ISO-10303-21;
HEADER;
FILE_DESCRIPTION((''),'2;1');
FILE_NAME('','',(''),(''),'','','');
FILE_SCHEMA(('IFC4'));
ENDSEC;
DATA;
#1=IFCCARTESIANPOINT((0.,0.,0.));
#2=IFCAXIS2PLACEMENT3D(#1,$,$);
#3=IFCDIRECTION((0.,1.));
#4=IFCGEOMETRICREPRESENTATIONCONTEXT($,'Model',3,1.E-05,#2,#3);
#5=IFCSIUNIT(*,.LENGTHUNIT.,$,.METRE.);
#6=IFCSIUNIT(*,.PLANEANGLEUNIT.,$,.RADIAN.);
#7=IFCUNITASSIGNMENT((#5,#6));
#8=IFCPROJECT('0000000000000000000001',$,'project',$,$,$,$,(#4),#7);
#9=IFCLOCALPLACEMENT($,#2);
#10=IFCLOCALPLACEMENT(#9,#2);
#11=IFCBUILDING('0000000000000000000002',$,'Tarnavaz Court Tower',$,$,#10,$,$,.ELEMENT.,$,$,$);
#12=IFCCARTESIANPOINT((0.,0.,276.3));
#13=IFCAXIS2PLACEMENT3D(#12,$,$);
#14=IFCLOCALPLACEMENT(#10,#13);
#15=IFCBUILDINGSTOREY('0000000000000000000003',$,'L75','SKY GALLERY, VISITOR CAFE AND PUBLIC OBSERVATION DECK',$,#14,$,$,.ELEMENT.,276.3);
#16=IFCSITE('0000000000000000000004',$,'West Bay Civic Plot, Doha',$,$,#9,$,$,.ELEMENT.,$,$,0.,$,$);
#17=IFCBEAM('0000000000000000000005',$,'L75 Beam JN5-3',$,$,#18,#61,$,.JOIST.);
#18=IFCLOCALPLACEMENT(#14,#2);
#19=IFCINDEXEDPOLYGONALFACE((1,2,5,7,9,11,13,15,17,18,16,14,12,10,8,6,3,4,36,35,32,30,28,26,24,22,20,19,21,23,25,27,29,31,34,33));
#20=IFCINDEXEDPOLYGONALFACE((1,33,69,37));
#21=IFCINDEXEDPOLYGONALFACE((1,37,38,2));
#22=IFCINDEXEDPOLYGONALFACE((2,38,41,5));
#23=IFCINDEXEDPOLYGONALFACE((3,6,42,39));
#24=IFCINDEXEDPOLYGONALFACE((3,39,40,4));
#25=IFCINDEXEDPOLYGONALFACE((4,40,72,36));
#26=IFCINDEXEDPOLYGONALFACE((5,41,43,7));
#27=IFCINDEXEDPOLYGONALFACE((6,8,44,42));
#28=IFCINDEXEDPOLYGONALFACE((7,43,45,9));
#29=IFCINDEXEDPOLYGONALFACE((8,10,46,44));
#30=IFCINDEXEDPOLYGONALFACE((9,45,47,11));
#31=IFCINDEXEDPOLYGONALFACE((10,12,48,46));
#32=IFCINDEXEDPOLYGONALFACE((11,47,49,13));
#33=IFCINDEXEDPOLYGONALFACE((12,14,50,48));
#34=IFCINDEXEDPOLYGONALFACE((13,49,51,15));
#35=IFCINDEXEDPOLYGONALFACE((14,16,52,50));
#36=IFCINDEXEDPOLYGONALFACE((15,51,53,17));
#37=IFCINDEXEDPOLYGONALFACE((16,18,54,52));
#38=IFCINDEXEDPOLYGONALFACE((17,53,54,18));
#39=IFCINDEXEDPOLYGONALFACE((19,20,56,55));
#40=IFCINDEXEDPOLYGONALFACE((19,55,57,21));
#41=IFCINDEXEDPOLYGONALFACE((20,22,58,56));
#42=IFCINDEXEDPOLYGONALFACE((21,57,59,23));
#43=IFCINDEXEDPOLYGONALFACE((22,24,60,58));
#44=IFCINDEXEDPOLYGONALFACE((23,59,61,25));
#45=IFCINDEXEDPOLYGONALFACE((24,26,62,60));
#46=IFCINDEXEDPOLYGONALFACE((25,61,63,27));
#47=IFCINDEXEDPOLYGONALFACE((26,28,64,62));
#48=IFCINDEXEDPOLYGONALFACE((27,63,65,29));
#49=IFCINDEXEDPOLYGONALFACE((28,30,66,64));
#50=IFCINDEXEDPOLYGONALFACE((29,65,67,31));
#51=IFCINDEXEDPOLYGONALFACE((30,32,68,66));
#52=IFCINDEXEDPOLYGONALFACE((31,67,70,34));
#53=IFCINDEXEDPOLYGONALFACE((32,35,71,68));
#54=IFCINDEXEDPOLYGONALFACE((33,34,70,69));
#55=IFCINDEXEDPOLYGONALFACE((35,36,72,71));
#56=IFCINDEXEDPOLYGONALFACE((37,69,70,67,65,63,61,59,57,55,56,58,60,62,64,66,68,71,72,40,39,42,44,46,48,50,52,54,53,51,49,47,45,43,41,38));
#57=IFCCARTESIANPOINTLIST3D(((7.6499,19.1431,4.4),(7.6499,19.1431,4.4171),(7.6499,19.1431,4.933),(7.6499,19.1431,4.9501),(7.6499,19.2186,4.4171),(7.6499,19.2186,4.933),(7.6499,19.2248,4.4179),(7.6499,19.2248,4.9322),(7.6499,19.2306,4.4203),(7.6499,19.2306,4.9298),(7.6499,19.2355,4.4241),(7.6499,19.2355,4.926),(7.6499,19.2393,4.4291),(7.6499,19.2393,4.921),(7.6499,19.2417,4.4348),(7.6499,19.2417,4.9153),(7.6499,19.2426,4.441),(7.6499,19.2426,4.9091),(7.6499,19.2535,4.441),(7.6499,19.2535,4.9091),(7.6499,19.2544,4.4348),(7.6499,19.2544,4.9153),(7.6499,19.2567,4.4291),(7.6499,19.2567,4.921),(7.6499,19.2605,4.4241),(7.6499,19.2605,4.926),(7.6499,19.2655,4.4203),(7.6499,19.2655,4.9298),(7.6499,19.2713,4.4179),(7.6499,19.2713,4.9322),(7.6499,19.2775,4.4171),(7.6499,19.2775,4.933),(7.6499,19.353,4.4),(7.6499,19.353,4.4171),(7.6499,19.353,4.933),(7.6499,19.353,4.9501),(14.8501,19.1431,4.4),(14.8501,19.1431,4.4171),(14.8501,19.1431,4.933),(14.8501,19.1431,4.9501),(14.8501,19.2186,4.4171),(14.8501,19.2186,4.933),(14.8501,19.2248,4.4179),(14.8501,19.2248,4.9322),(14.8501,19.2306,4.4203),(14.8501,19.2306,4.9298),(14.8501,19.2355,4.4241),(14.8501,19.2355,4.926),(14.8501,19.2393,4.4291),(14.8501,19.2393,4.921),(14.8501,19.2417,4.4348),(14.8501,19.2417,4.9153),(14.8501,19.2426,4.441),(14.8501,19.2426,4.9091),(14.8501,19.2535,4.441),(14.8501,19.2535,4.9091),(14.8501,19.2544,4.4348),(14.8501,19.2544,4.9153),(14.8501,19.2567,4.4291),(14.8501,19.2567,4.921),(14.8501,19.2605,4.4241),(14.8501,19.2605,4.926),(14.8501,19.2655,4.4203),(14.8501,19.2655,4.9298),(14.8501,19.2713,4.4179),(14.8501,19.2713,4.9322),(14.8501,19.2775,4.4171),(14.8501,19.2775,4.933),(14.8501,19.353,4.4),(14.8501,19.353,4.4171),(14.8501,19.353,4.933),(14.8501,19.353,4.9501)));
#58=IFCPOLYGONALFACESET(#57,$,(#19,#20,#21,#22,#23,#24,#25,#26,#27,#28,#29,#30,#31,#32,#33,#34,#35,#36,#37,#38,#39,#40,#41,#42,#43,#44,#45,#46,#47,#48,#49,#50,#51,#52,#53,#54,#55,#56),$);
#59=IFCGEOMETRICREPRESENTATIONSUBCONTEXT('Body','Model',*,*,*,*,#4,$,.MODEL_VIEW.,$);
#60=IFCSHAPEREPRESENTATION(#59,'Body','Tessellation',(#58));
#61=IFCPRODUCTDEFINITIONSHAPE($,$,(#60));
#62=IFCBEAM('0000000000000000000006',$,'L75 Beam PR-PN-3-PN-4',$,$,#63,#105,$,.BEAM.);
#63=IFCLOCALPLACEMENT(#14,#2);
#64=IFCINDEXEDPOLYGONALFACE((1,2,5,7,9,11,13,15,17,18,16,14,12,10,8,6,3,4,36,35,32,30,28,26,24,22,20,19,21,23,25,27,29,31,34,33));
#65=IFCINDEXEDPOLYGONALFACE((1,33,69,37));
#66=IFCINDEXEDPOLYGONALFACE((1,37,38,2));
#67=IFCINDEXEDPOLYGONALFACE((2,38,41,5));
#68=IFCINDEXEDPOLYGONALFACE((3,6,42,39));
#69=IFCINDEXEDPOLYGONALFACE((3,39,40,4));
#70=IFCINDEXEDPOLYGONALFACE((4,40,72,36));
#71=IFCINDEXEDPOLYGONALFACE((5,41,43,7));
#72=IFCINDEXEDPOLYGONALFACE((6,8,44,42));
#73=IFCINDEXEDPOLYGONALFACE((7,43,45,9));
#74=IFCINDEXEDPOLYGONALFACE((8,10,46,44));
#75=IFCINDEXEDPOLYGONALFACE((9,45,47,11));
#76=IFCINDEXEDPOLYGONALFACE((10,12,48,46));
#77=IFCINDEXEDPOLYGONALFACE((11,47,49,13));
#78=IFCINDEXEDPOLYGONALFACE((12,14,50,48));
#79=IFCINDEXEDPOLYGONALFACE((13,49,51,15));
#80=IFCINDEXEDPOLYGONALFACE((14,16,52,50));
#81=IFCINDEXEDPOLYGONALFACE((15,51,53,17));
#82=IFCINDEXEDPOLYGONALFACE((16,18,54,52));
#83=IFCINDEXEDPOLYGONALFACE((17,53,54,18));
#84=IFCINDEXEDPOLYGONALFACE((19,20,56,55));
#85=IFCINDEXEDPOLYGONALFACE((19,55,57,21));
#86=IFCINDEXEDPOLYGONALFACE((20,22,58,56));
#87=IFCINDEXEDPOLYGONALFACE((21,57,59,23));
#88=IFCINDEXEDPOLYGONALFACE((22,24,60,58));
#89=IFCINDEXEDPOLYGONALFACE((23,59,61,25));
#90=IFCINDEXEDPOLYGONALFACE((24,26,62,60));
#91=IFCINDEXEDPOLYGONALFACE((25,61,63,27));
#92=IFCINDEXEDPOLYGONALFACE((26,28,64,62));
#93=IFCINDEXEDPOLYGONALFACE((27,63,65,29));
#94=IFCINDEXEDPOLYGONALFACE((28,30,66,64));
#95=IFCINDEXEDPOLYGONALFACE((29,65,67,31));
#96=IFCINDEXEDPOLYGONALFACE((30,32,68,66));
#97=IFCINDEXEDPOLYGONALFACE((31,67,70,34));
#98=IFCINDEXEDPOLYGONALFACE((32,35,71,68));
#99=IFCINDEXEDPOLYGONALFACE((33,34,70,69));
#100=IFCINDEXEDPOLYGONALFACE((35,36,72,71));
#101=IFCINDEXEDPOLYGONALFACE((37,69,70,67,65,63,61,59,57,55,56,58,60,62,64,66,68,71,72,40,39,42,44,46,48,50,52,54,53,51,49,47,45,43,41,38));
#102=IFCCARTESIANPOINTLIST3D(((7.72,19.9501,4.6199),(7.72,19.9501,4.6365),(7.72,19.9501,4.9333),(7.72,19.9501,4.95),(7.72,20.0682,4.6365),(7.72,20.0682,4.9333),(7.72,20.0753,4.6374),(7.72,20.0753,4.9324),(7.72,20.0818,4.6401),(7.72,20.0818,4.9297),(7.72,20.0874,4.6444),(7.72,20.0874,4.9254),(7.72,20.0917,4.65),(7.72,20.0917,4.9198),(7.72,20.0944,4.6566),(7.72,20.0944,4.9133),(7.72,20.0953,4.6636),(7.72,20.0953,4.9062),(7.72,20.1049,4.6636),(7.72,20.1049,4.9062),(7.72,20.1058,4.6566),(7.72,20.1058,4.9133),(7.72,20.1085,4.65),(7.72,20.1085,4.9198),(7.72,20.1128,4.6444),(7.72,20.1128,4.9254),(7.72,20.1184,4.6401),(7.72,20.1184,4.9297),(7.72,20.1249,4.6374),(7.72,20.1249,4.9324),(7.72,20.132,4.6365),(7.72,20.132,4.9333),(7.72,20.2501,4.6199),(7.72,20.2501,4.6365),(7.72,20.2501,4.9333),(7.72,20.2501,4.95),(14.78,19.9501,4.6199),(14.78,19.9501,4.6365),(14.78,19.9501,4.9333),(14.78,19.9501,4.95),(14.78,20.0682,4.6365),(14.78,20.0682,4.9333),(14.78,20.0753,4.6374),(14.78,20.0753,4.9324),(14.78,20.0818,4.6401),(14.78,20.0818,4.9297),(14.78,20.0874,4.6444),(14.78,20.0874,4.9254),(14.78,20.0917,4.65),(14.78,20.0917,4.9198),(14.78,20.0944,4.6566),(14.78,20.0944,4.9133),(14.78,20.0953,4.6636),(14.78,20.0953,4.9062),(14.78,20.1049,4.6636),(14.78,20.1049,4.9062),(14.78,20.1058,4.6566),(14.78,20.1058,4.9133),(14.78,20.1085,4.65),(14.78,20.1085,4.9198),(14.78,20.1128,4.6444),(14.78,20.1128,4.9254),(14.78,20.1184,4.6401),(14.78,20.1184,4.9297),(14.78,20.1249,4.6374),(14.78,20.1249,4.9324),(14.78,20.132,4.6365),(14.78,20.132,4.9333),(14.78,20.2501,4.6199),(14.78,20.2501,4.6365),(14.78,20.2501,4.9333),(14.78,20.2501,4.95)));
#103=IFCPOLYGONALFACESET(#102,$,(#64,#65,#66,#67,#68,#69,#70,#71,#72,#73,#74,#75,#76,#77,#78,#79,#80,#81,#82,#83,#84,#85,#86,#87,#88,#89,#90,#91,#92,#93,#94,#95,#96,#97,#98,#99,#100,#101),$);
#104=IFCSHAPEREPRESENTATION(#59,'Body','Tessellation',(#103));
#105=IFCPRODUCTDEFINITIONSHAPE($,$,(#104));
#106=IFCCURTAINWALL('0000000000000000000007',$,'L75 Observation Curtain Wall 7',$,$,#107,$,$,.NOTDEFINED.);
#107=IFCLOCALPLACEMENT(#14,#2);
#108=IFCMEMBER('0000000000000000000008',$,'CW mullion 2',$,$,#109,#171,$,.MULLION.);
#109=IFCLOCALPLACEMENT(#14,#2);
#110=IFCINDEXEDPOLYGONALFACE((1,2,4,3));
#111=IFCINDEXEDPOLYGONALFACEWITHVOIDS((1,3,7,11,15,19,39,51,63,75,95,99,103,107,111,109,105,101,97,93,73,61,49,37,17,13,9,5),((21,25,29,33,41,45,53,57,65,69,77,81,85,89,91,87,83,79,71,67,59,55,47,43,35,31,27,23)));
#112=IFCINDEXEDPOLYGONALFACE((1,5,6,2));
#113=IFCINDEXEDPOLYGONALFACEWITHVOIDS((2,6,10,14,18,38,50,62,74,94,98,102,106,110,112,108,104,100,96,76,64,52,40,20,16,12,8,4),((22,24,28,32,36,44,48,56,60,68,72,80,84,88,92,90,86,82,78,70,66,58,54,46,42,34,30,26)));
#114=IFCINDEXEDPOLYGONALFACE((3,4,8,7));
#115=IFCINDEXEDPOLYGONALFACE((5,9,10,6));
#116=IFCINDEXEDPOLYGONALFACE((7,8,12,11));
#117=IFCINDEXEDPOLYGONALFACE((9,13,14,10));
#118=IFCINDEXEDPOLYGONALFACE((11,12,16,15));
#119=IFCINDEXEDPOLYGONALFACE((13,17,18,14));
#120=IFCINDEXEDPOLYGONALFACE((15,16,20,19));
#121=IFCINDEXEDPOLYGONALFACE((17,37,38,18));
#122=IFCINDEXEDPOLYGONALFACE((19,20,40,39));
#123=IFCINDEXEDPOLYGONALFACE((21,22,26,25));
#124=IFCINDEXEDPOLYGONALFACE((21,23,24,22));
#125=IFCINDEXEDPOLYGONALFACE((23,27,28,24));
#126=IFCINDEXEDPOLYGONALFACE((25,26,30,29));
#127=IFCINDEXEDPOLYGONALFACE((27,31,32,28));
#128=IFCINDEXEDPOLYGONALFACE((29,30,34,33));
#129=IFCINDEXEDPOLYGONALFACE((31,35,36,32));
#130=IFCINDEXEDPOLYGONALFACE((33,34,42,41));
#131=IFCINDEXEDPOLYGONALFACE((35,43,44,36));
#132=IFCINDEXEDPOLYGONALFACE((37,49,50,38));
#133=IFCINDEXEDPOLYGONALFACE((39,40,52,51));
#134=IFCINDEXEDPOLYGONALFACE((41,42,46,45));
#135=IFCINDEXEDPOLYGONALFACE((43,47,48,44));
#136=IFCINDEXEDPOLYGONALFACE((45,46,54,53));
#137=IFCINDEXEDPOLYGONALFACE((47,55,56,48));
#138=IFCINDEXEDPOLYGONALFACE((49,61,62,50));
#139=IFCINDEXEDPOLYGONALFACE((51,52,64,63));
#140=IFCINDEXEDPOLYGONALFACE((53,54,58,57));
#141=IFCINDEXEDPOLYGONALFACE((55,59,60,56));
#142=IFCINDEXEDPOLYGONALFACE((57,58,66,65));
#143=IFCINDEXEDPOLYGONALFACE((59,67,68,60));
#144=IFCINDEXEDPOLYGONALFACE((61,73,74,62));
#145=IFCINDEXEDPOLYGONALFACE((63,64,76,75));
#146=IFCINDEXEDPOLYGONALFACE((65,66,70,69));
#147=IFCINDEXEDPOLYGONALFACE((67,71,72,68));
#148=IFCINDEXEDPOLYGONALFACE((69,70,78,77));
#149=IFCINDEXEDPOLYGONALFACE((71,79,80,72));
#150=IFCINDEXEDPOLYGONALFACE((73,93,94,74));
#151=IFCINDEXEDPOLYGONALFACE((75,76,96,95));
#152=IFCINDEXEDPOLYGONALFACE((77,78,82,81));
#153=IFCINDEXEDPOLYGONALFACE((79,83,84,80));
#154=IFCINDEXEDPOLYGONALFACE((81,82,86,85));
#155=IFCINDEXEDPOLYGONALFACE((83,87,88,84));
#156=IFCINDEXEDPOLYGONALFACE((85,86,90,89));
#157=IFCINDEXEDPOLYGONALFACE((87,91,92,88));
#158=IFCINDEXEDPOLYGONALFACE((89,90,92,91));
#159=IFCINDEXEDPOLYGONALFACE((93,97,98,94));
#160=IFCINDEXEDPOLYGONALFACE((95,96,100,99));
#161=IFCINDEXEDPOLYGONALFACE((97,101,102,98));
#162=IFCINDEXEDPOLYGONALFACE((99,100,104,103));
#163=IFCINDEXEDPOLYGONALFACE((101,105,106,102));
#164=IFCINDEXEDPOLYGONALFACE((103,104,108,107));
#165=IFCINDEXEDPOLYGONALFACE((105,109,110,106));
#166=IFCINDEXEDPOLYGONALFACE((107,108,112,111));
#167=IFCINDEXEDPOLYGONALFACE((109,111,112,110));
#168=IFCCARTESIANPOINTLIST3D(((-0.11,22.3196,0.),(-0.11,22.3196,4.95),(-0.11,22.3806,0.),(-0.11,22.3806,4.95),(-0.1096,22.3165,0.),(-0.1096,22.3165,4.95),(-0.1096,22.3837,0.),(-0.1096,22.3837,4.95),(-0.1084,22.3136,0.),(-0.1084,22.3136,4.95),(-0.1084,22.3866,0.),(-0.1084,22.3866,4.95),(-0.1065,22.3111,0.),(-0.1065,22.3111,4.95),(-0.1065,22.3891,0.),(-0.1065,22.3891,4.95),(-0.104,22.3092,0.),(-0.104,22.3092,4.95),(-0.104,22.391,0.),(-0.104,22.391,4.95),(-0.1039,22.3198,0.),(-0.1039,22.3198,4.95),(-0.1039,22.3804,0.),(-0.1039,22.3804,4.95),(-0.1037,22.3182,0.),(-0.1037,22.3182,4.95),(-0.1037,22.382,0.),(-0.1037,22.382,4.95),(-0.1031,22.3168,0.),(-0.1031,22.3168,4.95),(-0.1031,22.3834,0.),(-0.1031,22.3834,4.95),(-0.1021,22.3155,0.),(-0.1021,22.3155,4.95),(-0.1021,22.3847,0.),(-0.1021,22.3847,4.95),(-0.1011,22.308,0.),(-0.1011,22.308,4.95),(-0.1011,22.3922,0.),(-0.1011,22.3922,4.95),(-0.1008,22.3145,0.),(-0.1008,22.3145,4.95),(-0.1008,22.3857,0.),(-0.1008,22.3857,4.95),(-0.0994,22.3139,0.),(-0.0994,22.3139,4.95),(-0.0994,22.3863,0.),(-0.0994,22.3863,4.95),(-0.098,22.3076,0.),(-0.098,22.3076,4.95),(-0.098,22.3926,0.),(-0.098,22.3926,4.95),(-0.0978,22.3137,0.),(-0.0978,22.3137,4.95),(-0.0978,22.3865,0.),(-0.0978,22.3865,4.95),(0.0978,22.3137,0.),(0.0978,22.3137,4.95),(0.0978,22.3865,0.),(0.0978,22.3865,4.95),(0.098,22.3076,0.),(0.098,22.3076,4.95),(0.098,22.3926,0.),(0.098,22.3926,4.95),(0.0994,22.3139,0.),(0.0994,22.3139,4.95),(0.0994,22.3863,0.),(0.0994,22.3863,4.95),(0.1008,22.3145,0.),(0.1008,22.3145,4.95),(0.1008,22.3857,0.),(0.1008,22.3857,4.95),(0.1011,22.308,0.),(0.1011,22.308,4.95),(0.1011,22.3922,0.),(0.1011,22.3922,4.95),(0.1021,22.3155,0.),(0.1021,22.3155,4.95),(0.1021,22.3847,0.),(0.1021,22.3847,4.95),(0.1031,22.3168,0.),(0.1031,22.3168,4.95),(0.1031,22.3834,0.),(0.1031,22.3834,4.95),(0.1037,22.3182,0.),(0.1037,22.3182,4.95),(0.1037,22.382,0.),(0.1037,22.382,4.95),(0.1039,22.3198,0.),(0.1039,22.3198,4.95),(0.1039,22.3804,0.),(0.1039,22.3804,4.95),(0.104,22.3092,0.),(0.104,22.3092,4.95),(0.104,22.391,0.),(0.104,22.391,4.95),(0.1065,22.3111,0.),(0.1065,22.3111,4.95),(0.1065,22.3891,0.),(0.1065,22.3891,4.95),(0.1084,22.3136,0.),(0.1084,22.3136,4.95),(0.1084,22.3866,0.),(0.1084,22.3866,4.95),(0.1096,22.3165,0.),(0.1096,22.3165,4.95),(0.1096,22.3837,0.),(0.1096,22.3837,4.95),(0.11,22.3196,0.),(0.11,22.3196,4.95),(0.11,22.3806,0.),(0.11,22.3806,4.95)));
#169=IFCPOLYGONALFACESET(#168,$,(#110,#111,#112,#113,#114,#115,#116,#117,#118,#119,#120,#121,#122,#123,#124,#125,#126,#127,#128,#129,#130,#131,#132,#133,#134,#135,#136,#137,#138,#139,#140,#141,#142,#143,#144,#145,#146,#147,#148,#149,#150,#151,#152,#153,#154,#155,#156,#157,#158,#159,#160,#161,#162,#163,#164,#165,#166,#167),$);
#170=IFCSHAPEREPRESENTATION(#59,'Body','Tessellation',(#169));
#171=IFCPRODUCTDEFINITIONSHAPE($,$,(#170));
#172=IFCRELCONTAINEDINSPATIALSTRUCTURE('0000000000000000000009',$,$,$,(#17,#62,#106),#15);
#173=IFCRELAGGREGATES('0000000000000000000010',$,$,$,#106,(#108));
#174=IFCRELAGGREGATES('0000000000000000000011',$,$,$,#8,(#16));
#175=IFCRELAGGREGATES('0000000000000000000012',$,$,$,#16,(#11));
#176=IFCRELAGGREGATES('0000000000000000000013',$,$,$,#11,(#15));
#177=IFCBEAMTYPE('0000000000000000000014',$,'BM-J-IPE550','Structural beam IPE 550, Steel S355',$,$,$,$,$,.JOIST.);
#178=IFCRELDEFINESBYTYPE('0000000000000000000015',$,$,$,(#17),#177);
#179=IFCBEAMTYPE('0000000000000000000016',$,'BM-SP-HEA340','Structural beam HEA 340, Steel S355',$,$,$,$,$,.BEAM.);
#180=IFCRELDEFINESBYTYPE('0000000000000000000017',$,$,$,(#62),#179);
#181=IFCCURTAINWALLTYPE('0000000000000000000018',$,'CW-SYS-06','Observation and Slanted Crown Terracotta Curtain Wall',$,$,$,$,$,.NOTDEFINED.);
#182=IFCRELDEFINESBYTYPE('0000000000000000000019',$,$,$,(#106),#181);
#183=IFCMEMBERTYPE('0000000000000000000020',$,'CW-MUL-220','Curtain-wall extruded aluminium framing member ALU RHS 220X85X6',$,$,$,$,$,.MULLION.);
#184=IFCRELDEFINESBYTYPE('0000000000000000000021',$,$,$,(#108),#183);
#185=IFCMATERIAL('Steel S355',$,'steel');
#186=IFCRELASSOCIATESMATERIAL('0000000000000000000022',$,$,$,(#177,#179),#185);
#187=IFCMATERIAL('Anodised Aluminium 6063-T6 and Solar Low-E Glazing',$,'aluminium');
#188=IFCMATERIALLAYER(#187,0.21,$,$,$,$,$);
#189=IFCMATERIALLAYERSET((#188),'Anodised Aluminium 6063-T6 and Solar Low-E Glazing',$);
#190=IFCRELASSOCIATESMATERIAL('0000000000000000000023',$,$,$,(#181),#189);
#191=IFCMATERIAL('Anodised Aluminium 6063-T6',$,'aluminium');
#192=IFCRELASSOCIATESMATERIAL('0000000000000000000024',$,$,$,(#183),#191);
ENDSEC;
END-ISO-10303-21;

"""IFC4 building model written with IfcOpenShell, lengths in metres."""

from ifc_helpers import new_model, si_unit, direction, frame, origin, origin_2d, place, context, subcontext, project, spatial, hollow_rectangle, i_section, extrude, material, layer, layer_set, material_profile, profile_set, type_object, element, aggregate, save


model = new_model("IFC4")

# Units and contexts
model_context = context("Model", 3, precision=1e-05, world=origin(), true_north=direction((0.0, 1.0)))
body_context = subcontext(model_context, "Body", "Model", "MODEL_VIEW")
ifc_project = project(units=[si_unit("LENGTHUNIT", "METRE"), si_unit("PLANEANGLEUNIT", "RADIAN")], contexts=[model_context])

# Site, building, storey
site_placement = place(None, origin())
site = spatial("IfcSite", under=ifc_project, at=site_placement, Name="West Bay Civic Plot, Doha", CompositionType="ELEMENT", RefElevation=0.0)
building_placement = place(site_placement, origin())
building = spatial("IfcBuilding", under=site, at=building_placement, Name="Tarnavaz Court Tower", CompositionType="ELEMENT")
storey_placement = place(building_placement, frame((0.0, 0.0, 276.3)))
storey = spatial("IfcBuildingStorey", under=building, at=storey_placement, Name="L75", Description="SKY GALLERY, VISITOR CAFE AND PUBLIC OBSERVATION DECK", CompositionType="ELEMENT", Elevation=276.3)

# Beams
ifc_material_1 = material(Name="Steel S355", Category="steel")
ifc_material_profile_1 = material_profile(ifc_material_1, i_section(OverallWidth=0.21, OverallDepth=0.55, WebThickness=0.011, FlangeThickness=0.0171, FilletRadius=0.0239, at=origin_2d()), Name="IPE 550")
ifc_profile_set_1 = profile_set([ifc_material_profile_1], Name="Steel S355")
beam_type_1 = type_object("IfcBeamType", Name="BM-J-IPE550", Description="Structural beam IPE 550, Steel S355", PredefinedType="JOIST", material=ifc_profile_set_1)
for number, where, z_axis, x_axis, name in (
    (1, (7.6499, 19.248, 4.675), (1.0, 0.0, 0.0), (0.0, 1.0, 0.0), "L75 Beam JN5-3"),
):
    element("IfcBeam", number, at=place(storey_placement, frame(where, z_axis=z_axis, x_axis=x_axis)), inside=storey, type_object=beam_type_1, Name=name, PredefinedType="JOIST", context=body_context, shape_type="SweptSolid", body=[
        extrude(i_section(OverallWidth=0.21, OverallDepth=0.55, WebThickness=0.011, FlangeThickness=0.0171, FilletRadius=0.0239, at=origin_2d()), origin(), (0.0, 0.0, 1.0), 7.2002),
    ])
ifc_material_profile_2 = material_profile(ifc_material_1, i_section(OverallWidth=0.3, OverallDepth=0.3301, WebThickness=0.0095, FlangeThickness=0.0166, FilletRadius=0.0271, at=origin_2d()), Name="HEA 340")
ifc_profile_set_2 = profile_set([ifc_material_profile_2], Name="Steel S355")
beam_type_2 = type_object("IfcBeamType", Name="BM-SP-HEA340", Description="Structural beam HEA 340, Steel S355", PredefinedType="BEAM", material=ifc_profile_set_2)
beam_placement = place(storey_placement, frame((7.72, 20.1001, 4.7849), z_axis=(1.0, 0.0, 0.0), x_axis=(0.0, 1.0, 0.0)))
element("IfcBeam", 2, at=beam_placement, inside=storey, type_object=beam_type_2, Name="L75 Beam PR-PN-3-PN-4", PredefinedType="BEAM", context=body_context, shape_type="SweptSolid", body=[
    extrude(i_section(OverallWidth=0.3, OverallDepth=0.3301, WebThickness=0.0095, FlangeThickness=0.0166, FilletRadius=0.0271, at=origin_2d()), origin(), (0.0, 0.0, 1.0), 7.0601),
])

# Curtain wall, member
ifc_material_2 = material(Name="Anodised Aluminium 6063-T6 and Solar Low-E Glazing", Category="aluminium")
ifc_layer_1 = layer(ifc_material_2, 0.21)
ifc_layer_set_1 = layer_set([ifc_layer_1], Name="Anodised Aluminium 6063-T6 and Solar Low-E Glazing")
curtain_wall_type = type_object("IfcCurtainWallType", Name="CW-SYS-06", Description="Observation and Slanted Crown Terracotta Curtain Wall", PredefinedType="NOTDEFINED", material=ifc_layer_set_1)
curtain_wall_placement = place(storey_placement, origin())
curtain_wall = element("IfcCurtainWall", 3, at=curtain_wall_placement, inside=storey, type_object=curtain_wall_type, Name="L75 Observation Curtain Wall 7", PredefinedType="NOTDEFINED")
ifc_material_3 = material(Name="Anodised Aluminium 6063-T6", Category="aluminium")
ifc_material_profile_3 = material_profile(ifc_material_3, hollow_rectangle(XDim=0.085, YDim=0.22, WallThickness=0.0061, InnerFilletRadius=0.0061, OuterFilletRadius=0.012, at=origin_2d()), Name="ALU RHS 220X85X6")
ifc_profile_set_3 = profile_set([ifc_material_profile_3], Name="Anodised Aluminium 6063-T6")
member_type_1 = type_object("IfcMemberType", Name="CW-MUL-220", Description="Curtain-wall extruded aluminium framing member ALU RHS 220X85X6", PredefinedType="MULLION", material=ifc_profile_set_3)
member_1_placement = place(storey_placement, frame((0.0, 22.3501, 0.0), z_axis=(0.0, 0.0, 1.0), x_axis=(0.0, 1.0, 0.0)))
member_1 = element("IfcMember", 4, at=member_1_placement, type_object=member_type_1, Name="CW mullion 2", PredefinedType="MULLION", context=body_context, shape_type="SweptSolid", body=[
    extrude(hollow_rectangle(XDim=0.085, YDim=0.22, WallThickness=0.0061, InnerFilletRadius=0.0061, OuterFilletRadius=0.012, at=origin_2d()), origin(), (0.0, 0.0, 1.0), 4.95),
])
aggregate(curtain_wall, [member_1])

save(model, "model.ifc")
